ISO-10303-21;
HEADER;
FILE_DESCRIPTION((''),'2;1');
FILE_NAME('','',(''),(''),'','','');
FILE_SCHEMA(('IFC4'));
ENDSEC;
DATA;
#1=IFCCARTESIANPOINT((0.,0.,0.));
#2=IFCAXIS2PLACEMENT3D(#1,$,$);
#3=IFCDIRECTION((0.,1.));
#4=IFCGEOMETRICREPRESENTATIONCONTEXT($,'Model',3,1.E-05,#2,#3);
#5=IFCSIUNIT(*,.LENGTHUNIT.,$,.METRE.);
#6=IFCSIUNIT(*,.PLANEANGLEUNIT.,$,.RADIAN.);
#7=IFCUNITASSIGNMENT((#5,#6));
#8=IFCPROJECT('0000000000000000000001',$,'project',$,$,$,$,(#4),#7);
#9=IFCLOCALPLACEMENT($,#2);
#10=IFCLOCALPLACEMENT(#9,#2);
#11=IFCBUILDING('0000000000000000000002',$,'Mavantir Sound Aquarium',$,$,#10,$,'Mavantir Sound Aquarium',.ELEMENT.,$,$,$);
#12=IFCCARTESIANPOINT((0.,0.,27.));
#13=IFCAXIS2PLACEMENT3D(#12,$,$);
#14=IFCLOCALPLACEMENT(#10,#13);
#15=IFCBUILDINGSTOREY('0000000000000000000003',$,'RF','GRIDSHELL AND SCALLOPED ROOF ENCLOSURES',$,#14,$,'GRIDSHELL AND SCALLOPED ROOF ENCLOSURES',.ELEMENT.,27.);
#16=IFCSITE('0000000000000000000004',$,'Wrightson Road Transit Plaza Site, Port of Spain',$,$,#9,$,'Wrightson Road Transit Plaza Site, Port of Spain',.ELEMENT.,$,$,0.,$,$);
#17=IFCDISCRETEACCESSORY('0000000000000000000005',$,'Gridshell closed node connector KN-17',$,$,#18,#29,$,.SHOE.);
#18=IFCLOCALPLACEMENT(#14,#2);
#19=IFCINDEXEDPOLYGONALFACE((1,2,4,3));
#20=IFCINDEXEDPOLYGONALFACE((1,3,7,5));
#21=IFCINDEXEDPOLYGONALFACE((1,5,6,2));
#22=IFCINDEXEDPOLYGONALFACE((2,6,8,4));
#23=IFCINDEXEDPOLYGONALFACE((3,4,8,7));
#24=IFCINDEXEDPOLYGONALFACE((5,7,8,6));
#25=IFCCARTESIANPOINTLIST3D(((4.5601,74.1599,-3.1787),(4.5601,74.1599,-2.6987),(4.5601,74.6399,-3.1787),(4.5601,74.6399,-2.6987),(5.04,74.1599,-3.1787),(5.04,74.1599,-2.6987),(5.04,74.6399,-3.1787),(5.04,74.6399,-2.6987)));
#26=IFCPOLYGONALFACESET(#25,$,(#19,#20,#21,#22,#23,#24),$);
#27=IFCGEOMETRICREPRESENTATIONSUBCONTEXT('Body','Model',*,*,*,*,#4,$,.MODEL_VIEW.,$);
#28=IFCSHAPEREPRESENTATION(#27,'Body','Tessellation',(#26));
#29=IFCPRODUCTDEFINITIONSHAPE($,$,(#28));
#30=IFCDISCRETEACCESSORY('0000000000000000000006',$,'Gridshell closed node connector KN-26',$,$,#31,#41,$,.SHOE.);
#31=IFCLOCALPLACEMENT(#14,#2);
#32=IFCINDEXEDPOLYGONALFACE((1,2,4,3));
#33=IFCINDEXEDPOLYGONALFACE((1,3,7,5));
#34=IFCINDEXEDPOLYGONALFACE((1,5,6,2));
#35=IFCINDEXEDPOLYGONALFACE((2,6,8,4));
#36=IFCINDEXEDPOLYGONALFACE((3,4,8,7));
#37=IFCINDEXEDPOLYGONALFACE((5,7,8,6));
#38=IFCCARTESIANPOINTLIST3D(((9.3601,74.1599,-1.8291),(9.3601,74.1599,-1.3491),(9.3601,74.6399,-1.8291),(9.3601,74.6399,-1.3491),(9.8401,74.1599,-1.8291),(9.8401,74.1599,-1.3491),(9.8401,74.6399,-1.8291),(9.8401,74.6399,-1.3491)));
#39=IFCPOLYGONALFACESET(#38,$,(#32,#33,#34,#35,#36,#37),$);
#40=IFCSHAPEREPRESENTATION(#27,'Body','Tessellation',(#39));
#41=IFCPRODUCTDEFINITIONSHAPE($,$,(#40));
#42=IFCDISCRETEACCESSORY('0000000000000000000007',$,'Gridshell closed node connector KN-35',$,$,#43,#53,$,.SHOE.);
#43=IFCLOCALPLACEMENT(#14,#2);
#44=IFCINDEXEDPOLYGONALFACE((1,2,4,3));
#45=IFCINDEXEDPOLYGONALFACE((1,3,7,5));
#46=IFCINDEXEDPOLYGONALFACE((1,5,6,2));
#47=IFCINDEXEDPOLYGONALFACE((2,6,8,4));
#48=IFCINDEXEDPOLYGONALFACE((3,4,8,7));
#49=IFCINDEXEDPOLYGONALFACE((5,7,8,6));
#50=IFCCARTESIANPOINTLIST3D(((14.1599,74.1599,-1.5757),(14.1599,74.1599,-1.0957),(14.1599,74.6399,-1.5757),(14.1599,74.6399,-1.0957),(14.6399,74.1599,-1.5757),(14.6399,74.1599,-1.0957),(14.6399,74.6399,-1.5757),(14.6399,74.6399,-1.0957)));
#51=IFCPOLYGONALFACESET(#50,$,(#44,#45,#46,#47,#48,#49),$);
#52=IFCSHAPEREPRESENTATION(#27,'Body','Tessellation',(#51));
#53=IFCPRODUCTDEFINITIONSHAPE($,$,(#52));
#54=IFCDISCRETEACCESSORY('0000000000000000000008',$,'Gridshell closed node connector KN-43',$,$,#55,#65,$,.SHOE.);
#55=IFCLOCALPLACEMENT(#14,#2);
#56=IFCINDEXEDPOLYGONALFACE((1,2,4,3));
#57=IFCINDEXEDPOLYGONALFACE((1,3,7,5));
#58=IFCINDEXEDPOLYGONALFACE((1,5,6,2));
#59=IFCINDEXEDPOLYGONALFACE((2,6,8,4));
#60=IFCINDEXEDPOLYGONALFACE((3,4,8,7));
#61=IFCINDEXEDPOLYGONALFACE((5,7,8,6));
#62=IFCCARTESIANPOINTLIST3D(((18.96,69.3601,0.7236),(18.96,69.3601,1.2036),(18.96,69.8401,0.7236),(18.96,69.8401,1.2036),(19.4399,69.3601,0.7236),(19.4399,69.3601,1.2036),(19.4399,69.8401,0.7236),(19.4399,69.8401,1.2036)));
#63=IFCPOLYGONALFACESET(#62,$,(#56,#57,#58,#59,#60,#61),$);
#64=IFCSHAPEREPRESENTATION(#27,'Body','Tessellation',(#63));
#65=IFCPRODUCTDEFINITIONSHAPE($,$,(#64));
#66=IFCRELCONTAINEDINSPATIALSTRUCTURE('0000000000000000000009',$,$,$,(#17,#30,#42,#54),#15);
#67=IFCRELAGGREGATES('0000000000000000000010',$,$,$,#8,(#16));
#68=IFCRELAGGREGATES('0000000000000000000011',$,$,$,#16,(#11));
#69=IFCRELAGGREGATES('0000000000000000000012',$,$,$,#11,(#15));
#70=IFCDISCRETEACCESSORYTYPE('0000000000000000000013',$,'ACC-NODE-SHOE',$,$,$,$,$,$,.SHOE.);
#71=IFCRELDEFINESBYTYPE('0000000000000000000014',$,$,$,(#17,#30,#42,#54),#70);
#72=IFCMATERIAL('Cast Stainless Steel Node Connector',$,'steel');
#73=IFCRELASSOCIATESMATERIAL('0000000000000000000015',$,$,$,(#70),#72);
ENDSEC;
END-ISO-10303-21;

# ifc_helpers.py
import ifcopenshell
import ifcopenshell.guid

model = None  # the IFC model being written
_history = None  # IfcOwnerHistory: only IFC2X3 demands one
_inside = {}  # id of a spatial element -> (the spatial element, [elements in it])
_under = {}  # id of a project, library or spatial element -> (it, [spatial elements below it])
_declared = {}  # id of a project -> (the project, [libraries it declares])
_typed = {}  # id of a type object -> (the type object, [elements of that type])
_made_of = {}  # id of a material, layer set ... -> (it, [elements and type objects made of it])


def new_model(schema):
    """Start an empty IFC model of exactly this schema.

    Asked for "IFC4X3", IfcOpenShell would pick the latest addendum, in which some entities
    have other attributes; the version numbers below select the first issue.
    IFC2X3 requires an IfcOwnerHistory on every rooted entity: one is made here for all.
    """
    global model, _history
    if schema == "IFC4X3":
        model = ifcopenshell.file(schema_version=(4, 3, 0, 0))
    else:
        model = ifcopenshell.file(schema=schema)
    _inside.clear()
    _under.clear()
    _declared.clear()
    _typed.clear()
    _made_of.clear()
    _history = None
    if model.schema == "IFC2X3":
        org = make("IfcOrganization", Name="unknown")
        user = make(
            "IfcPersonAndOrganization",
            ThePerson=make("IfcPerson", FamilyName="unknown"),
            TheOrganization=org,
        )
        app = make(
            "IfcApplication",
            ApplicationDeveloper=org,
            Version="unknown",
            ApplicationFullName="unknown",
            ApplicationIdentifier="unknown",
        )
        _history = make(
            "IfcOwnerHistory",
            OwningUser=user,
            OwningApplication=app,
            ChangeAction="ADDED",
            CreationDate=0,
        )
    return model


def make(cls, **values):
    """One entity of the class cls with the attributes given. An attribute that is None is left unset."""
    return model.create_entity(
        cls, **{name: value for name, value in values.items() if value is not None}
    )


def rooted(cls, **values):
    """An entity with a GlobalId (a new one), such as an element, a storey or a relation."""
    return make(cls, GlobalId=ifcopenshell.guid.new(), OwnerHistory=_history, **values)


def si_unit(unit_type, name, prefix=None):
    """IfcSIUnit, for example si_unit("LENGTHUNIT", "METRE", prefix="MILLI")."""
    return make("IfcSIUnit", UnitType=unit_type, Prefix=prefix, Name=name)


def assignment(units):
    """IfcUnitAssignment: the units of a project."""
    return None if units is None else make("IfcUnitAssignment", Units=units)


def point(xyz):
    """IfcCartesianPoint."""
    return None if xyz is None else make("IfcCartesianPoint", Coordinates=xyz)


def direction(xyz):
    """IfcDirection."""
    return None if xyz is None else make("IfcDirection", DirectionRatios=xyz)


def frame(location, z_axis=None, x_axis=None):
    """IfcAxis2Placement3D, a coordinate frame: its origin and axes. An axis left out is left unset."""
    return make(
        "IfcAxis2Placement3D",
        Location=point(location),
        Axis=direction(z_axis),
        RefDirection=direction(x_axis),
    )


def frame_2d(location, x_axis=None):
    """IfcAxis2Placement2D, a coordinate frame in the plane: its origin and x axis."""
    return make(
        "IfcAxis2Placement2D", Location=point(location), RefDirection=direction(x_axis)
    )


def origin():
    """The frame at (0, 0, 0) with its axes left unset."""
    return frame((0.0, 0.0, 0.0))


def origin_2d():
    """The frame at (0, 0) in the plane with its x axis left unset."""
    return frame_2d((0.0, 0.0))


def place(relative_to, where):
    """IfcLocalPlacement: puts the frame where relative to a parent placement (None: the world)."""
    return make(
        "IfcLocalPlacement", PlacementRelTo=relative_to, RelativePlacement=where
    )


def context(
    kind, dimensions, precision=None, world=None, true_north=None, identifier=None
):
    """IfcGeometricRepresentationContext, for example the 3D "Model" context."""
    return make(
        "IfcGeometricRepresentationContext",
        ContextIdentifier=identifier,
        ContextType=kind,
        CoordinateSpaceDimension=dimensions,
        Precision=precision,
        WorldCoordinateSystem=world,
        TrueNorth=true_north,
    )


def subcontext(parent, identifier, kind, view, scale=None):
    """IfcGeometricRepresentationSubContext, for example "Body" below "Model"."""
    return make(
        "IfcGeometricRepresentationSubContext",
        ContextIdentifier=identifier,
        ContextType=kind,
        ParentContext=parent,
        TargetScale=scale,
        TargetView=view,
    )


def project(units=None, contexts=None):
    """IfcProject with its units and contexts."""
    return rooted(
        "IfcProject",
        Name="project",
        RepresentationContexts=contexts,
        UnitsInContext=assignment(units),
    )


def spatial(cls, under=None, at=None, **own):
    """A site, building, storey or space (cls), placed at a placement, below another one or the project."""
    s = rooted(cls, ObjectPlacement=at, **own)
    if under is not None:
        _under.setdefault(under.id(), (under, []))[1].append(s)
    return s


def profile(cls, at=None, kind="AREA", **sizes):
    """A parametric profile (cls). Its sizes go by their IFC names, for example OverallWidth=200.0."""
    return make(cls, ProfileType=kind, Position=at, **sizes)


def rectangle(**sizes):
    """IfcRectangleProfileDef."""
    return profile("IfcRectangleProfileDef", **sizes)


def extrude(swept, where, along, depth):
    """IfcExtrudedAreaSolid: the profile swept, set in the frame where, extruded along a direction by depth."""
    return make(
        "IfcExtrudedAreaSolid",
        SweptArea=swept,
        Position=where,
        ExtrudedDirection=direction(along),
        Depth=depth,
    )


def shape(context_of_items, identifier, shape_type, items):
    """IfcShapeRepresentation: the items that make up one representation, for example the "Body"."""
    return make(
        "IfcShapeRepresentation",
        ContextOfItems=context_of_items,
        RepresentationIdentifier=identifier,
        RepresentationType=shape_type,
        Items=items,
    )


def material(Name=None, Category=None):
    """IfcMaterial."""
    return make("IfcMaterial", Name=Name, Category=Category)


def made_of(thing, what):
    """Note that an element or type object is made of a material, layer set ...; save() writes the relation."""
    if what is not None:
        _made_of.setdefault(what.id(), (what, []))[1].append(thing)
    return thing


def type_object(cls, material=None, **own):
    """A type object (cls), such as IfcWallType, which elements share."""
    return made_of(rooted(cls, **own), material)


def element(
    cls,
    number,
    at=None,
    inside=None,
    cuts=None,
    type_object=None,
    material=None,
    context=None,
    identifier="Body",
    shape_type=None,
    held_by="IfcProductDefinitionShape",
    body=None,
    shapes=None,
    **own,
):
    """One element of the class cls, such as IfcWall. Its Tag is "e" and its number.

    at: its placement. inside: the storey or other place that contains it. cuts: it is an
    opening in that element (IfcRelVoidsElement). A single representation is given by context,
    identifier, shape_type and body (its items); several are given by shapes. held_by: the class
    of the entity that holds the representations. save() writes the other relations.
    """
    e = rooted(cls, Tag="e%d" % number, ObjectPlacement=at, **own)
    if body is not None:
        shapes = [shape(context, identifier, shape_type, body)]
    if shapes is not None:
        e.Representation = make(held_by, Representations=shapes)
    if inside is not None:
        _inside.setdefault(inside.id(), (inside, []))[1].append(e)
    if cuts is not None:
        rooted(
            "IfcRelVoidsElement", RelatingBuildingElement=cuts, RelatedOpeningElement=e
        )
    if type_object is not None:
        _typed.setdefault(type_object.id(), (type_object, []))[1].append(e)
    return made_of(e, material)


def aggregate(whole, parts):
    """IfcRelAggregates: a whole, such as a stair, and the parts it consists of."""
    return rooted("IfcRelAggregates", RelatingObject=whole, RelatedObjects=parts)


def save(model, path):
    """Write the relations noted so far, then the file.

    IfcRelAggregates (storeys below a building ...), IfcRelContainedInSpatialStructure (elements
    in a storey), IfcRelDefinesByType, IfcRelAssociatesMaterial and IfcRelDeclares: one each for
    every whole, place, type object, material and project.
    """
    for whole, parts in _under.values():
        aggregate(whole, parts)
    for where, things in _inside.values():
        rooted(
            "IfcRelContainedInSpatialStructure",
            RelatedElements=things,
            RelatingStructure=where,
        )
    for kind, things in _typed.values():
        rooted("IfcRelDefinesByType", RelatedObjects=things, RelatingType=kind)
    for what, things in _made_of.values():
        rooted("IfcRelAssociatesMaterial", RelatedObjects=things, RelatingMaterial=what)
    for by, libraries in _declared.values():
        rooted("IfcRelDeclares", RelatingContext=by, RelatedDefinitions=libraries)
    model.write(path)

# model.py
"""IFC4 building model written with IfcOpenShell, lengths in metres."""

from ifc_helpers import new_model, si_unit, direction, frame, origin, origin_2d, place, context, subcontext, project, spatial, rectangle, extrude, material, type_object, element, save


model = new_model("IFC4")

# Units and contexts
model_context = context("Model", 3, precision=1e-05, world=origin(), true_north=direction((0.0, 1.0)))
body_context = subcontext(model_context, "Body", "Model", "MODEL_VIEW")
ifc_project = project(units=[si_unit("LENGTHUNIT", "METRE"), si_unit("PLANEANGLEUNIT", "RADIAN")], contexts=[model_context])

# Site, building, storey
site_placement = place(None, origin())
site = spatial("IfcSite", under=ifc_project, at=site_placement, Name="Wrightson Road Transit Plaza Site, Port of Spain", LongName="Wrightson Road Transit Plaza Site, Port of Spain", CompositionType="ELEMENT", RefElevation=0.0)
building_placement = place(site_placement, origin())
building = spatial("IfcBuilding", under=site, at=building_placement, Name="Mavantir Sound Aquarium", LongName="Mavantir Sound Aquarium", CompositionType="ELEMENT")
storey_placement = place(building_placement, frame((0.0, 0.0, 27.0)))
storey = spatial("IfcBuildingStorey", under=building, at=storey_placement, Name="RF", Description="GRIDSHELL AND SCALLOPED ROOF ENCLOSURES", LongName="GRIDSHELL AND SCALLOPED ROOF ENCLOSURES", CompositionType="ELEMENT", Elevation=27.0)

# Discrete accessories
ifc_material_1 = material(Name="Cast Stainless Steel Node Connector", Category="steel")
discrete_accessory_type = type_object("IfcDiscreteAccessoryType", Name="ACC-NODE-SHOE", PredefinedType="SHOE", material=ifc_material_1)
for number, where, z_axis, x_axis, name in (
    (1, (4.8, 74.3999, -3.1787), (0.0, 0.0, 1.0), (1.0, 0.0, 0.0), "Gridshell closed node connector KN-17"),
    (2, (9.6001, 74.3999, -1.8291), (0.0, 0.0, 1.0), (1.0, 0.0, 0.0), "Gridshell closed node connector KN-26"),
    (3, (14.3999, 74.3999, -1.5757), (0.0, 0.0, 1.0), (1.0, 0.0, 0.0), "Gridshell closed node connector KN-35"),
    (4, (19.2, 69.6001, 0.7236), (0.0, 0.0, 1.0), (1.0, 0.0, 0.0), "Gridshell closed node connector KN-43"),
):
    element("IfcDiscreteAccessory", number, at=place(storey_placement, frame(where, z_axis=z_axis, x_axis=x_axis)), inside=storey, type_object=discrete_accessory_type, Name=name, PredefinedType="SHOE", context=body_context, shape_type="SweptSolid", body=[
        extrude(rectangle(XDim=0.48, YDim=0.48, at=origin_2d()), origin(), (0.0, 0.0, 1.0), 0.48),
    ])

save(model, "model.ifc")
